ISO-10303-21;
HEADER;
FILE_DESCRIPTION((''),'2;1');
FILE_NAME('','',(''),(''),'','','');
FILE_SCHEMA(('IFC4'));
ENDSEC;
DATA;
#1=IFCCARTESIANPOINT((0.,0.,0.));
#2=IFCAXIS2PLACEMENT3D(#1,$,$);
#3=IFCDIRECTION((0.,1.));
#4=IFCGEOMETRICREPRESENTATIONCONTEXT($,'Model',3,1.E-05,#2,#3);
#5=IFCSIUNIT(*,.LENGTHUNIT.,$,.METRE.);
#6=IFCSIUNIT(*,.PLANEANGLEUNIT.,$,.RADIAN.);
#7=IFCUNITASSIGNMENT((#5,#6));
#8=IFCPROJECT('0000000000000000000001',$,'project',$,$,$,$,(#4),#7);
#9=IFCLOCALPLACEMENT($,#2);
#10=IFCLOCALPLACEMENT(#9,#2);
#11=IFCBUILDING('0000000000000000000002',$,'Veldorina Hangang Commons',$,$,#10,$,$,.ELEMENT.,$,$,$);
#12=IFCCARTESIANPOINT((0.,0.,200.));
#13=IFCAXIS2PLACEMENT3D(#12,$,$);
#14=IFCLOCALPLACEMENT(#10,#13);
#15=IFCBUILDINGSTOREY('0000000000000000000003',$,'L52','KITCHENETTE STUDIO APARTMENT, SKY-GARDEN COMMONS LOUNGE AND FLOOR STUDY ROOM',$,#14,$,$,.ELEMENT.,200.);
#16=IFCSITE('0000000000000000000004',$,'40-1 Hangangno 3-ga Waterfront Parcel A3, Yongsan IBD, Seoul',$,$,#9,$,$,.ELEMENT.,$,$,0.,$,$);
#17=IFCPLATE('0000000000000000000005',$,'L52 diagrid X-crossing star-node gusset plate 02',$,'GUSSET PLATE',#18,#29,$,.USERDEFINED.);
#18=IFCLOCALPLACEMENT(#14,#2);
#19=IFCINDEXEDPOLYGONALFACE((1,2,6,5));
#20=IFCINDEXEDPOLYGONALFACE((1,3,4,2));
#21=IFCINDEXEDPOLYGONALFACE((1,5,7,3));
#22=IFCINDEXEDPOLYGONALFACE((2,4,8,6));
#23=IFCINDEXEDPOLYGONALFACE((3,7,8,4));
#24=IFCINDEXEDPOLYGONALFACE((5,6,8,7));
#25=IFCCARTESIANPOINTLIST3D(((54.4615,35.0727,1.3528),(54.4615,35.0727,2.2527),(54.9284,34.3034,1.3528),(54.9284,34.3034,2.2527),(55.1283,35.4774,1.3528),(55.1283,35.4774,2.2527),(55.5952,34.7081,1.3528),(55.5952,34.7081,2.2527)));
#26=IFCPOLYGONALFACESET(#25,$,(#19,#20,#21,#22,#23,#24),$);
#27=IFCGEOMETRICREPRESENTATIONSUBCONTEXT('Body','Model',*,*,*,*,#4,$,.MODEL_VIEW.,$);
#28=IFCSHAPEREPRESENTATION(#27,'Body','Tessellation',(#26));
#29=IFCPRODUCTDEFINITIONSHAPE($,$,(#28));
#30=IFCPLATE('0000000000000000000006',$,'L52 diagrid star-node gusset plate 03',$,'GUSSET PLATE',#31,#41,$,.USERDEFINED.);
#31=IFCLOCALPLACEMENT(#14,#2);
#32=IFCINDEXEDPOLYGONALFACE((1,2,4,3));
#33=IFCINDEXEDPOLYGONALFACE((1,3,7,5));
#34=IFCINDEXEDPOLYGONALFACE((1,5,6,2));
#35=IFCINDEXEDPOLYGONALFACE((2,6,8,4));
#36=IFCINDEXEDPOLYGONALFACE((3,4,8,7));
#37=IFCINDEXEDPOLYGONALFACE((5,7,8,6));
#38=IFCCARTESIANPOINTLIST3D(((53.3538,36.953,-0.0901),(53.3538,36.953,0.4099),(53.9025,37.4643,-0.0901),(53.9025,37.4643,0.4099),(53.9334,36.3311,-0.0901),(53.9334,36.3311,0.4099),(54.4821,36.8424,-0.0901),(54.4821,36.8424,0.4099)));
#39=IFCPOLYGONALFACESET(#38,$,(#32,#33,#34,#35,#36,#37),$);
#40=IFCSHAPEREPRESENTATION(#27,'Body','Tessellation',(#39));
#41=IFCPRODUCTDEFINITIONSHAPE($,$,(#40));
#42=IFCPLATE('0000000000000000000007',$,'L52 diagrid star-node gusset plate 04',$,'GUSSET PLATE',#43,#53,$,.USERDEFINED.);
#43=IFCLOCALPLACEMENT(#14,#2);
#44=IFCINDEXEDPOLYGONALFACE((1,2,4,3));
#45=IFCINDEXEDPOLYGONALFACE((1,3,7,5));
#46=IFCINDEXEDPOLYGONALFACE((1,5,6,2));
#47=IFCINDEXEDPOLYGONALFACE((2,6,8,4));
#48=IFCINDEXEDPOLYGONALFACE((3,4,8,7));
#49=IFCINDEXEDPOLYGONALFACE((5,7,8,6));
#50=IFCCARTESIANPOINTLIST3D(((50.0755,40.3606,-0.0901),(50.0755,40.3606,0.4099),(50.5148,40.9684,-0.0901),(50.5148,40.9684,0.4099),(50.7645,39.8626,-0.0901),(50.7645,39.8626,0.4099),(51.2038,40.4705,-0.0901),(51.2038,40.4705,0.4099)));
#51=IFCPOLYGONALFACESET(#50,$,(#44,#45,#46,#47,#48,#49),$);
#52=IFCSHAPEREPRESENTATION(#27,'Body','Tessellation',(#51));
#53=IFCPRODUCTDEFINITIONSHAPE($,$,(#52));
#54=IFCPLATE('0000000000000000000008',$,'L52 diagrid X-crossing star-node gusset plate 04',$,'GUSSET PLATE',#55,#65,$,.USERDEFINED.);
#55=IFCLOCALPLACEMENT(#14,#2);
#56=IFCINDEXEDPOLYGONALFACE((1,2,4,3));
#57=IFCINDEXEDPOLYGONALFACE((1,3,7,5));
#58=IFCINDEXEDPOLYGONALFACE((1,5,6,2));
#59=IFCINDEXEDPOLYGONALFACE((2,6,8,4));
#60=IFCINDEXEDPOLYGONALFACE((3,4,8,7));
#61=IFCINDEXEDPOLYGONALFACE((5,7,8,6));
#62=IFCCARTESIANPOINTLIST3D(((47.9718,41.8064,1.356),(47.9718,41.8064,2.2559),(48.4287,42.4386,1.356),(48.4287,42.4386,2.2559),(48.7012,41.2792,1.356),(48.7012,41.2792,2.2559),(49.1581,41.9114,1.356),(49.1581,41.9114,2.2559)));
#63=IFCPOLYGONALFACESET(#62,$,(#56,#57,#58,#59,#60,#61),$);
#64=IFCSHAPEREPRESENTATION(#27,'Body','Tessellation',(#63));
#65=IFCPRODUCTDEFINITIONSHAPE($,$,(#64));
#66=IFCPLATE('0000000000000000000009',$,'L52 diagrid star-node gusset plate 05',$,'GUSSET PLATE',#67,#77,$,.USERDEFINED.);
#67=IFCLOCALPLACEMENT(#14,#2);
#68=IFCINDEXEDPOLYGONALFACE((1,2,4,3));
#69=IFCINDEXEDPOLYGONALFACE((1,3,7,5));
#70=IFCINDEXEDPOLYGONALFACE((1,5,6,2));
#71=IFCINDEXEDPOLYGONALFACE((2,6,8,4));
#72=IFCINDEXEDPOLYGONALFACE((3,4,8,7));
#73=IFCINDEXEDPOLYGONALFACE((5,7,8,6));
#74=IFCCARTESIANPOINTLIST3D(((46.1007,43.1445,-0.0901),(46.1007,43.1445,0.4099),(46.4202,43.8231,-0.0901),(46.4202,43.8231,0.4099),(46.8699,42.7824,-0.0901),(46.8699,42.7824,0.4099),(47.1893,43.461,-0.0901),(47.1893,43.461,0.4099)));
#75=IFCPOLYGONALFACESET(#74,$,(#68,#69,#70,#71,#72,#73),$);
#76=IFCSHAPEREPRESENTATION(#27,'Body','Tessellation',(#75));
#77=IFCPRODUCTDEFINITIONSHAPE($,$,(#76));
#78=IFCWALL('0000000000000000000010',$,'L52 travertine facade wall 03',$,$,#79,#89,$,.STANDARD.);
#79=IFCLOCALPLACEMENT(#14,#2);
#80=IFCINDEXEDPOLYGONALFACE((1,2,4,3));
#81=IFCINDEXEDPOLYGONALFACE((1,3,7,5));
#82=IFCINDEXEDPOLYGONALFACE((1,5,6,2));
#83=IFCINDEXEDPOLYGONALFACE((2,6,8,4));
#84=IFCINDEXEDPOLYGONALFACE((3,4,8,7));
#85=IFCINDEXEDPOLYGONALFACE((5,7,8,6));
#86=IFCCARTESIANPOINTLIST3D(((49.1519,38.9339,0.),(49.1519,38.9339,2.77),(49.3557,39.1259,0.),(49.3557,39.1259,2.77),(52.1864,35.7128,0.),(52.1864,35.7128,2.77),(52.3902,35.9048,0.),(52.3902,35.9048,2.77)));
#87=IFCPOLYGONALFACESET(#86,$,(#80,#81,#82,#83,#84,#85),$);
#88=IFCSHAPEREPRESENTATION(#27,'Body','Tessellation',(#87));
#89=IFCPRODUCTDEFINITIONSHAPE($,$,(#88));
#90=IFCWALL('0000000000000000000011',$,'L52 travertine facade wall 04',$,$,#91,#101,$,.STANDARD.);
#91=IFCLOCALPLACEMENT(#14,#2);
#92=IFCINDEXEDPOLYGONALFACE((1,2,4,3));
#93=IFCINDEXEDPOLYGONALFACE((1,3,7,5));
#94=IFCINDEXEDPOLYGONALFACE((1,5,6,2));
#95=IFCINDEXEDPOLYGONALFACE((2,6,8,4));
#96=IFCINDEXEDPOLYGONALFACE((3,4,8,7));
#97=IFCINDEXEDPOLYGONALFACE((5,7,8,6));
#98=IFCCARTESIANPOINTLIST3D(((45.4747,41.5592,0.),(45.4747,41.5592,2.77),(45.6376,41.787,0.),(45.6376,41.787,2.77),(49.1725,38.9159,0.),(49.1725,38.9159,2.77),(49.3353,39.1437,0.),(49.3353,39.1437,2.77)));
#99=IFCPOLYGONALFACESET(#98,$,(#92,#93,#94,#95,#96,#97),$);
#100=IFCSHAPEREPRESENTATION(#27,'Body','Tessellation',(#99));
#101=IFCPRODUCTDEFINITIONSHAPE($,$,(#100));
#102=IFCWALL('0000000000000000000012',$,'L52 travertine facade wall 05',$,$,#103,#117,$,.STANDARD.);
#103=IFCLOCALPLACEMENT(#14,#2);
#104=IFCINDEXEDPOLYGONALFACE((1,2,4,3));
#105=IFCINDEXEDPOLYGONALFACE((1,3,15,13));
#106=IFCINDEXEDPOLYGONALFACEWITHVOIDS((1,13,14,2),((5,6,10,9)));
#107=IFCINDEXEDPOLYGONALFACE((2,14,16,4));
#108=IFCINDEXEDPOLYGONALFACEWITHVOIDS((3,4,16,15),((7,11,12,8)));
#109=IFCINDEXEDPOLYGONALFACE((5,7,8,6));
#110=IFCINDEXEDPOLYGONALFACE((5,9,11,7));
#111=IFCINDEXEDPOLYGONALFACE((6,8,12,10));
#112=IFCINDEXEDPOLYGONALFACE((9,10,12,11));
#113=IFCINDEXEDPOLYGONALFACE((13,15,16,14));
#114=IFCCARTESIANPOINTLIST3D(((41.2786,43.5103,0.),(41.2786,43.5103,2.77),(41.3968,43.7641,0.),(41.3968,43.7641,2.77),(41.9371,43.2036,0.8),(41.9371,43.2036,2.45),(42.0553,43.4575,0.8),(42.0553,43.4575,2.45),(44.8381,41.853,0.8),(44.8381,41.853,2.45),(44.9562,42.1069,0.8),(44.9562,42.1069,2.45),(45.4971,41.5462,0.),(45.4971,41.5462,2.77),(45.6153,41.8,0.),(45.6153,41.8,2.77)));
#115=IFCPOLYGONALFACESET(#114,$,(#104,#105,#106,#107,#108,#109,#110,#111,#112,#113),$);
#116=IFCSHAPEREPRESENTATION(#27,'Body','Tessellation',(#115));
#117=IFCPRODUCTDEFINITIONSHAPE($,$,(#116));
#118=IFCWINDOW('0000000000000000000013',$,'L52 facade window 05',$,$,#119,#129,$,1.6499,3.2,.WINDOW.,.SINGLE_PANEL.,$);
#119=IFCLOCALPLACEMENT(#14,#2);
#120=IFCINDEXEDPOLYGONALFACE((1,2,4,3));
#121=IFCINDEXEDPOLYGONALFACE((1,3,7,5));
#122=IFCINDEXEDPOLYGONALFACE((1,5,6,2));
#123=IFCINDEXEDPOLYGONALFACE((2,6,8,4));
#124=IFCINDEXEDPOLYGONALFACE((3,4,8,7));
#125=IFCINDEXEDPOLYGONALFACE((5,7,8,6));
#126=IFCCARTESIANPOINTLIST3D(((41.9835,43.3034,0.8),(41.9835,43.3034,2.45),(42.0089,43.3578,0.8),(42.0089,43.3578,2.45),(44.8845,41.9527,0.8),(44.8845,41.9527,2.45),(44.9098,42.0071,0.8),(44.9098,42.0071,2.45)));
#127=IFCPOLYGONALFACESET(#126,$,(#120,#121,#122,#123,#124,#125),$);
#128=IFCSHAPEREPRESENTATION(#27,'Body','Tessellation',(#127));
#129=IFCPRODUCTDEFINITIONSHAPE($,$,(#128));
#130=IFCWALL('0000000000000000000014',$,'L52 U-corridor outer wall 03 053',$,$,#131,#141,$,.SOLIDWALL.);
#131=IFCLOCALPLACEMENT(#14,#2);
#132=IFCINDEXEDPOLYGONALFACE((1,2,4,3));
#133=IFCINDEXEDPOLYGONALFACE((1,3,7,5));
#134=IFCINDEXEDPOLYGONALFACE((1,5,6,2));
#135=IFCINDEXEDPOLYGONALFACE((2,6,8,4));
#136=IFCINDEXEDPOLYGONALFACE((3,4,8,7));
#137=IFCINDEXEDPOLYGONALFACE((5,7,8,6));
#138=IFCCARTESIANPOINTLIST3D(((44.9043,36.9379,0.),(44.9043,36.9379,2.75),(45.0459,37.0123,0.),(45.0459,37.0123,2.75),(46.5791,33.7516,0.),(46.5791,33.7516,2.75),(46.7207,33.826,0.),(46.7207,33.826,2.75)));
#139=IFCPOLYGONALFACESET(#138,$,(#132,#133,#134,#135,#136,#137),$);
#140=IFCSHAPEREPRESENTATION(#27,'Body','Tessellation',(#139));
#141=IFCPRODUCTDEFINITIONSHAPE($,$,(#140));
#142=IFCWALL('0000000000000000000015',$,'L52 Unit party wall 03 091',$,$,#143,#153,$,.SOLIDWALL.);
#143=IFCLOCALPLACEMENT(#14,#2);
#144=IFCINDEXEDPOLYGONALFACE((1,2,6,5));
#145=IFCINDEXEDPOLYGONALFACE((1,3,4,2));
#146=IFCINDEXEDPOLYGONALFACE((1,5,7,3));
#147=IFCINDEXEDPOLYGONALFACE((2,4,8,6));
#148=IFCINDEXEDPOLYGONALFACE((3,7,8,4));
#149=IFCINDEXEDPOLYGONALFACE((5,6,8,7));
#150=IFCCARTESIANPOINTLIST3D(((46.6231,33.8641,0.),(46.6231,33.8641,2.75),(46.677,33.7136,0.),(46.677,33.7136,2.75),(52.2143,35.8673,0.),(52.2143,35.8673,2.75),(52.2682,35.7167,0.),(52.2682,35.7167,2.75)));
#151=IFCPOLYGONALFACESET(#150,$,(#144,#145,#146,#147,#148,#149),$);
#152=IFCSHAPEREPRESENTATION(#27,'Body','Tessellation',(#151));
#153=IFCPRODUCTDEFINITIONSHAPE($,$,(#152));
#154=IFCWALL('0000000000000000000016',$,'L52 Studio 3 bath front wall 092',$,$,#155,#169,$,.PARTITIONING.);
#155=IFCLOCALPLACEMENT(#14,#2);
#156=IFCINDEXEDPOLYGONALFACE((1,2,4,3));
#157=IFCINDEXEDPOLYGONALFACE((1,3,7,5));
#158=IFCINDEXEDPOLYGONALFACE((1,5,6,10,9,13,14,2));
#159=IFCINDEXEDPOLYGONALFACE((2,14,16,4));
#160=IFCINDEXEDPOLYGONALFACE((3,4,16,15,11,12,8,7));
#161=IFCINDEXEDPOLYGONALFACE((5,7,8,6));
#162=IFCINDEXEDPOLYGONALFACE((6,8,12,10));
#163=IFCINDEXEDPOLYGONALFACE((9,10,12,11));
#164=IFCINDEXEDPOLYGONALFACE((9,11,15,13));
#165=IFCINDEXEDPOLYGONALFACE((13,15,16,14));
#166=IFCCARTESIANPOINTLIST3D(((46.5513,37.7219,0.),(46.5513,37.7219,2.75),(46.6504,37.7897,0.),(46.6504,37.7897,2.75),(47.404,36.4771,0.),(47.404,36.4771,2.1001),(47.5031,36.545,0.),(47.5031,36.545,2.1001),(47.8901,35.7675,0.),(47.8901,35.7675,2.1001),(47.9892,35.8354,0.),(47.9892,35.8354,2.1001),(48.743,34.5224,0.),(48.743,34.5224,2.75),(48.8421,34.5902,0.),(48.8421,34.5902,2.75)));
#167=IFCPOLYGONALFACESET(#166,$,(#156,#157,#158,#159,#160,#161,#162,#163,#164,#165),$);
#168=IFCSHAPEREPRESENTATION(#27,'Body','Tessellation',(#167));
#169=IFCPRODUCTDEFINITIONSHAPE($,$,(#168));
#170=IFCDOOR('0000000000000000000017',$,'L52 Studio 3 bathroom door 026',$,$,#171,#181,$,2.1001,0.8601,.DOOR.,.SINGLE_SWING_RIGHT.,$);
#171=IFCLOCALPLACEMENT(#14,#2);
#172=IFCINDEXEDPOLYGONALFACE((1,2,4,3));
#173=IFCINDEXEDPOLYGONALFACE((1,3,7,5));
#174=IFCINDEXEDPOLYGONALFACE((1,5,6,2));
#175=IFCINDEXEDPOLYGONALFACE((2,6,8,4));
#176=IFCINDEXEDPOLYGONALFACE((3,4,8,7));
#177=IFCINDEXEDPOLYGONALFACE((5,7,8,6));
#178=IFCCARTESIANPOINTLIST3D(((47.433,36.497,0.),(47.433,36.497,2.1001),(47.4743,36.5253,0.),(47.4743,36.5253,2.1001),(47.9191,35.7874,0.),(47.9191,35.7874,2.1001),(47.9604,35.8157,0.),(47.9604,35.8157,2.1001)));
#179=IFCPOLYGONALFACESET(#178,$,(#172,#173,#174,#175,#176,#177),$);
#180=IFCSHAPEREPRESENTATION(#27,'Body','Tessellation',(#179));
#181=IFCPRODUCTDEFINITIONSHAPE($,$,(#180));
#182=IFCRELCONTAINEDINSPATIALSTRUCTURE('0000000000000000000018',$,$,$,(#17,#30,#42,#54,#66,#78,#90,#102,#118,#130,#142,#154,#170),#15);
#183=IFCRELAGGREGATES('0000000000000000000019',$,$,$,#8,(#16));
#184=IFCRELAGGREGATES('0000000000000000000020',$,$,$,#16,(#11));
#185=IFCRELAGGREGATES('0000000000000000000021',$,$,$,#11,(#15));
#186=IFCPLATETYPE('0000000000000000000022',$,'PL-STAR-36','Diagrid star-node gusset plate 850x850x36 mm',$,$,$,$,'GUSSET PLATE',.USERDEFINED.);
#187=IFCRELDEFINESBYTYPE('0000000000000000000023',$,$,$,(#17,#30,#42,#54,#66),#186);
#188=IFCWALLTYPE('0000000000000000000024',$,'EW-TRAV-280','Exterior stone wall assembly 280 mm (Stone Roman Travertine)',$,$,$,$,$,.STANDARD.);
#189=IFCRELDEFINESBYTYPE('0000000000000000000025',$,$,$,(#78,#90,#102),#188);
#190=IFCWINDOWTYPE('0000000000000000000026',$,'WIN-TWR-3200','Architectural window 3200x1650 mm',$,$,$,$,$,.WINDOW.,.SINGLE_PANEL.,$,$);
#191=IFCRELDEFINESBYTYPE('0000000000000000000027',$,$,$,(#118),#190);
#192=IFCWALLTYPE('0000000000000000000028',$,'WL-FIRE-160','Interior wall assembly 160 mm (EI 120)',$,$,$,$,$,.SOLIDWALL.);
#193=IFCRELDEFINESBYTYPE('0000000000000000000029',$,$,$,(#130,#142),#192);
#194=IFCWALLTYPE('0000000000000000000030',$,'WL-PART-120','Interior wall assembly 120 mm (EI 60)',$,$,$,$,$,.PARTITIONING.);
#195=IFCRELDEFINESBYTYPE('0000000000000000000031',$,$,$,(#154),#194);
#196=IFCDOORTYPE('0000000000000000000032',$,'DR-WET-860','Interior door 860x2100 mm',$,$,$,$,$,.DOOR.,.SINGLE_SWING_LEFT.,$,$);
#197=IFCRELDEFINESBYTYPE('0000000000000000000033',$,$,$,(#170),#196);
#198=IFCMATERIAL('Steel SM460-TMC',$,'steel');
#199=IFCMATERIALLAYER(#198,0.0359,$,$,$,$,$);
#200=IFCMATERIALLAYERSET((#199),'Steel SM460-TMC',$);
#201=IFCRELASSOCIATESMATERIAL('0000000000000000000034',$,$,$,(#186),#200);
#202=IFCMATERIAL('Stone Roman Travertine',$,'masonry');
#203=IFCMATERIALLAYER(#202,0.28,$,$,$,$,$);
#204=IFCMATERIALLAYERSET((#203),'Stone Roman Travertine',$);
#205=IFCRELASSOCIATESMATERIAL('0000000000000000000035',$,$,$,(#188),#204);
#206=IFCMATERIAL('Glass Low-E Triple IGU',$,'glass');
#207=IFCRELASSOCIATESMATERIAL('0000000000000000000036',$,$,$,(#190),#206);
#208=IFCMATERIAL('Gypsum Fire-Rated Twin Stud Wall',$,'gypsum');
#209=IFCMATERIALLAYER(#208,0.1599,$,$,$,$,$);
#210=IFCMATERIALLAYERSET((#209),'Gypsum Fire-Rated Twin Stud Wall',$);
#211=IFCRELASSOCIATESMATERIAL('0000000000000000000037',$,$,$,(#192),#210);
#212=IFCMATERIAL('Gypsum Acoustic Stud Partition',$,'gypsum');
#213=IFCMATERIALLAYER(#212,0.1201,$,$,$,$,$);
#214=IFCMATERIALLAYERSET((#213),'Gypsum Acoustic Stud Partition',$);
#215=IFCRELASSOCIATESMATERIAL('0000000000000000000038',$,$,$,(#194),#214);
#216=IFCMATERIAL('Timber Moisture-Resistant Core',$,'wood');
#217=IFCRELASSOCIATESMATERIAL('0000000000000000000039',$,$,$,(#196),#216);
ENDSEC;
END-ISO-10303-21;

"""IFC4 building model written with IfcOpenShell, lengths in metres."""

from ifc_helpers import new_model, si_unit, direction, frame, frame_2d, origin, origin_2d, place, context, subcontext, project, spatial, rectangle, extrude, material, layer, layer_set, type_object, element, fill, save


model = new_model("IFC4")

# Units and contexts
model_context = context("Model", 3, precision=1e-05, world=origin(), true_north=direction((0.0, 1.0)))
body_context = subcontext(model_context, "Body", "Model", "MODEL_VIEW")
ifc_project = project(units=[si_unit("LENGTHUNIT", "METRE"), si_unit("PLANEANGLEUNIT", "RADIAN")], contexts=[model_context])

# Site, building, storey
site_placement = place(None, origin())
site = spatial("IfcSite", under=ifc_project, at=site_placement, Name="40-1 Hangangno 3-ga Waterfront Parcel A3, Yongsan IBD, Seoul", CompositionType="ELEMENT", RefElevation=0.0)
building_placement = place(site_placement, origin())
building = spatial("IfcBuilding", under=site, at=building_placement, Name="Veldorina Hangang Commons", CompositionType="ELEMENT")
storey_placement = place(building_placement, frame((0.0, 0.0, 200.0)))
storey = spatial("IfcBuildingStorey", under=building, at=storey_placement, Name="L52", Description="KITCHENETTE STUDIO APARTMENT, SKY-GARDEN COMMONS LOUNGE AND FLOOR STUDY ROOM", CompositionType="ELEMENT", Elevation=200.0)

# Plates
ifc_material_1 = material(Name="Steel SM460-TMC", Category="steel")
ifc_layer_1 = layer(ifc_material_1, 0.0359)
ifc_layer_set_1 = layer_set([ifc_layer_1], Name="Steel SM460-TMC")
plate_type = type_object("IfcPlateType", Name="PL-STAR-36", Description="Diagrid star-node gusset plate 850x850x36 mm", ElementType="GUSSET PLATE", PredefinedType="USERDEFINED", material=ifc_layer_set_1)
plate_1_placement = place(storey_placement, frame((55.0283, 34.8904, 1.3528), z_axis=(0.0, 0.0, 1.0), x_axis=(-0.518833, 0.854876, 0.0)))
element("IfcPlate", 1, at=plate_1_placement, inside=storey, type_object=plate_type, Name="L52 diagrid X-crossing star-node gusset plate 02", ObjectType="GUSSET PLATE", PredefinedType="USERDEFINED", context=body_context, shape_type="SweptSolid", body=[
    extrude(rectangle(XDim=0.8999, YDim=0.78, at=origin_2d()), origin(), (0.0, 0.0, 1.0), 0.8999),
])
for number, where, z_axis, x_axis, name in (
    (2, (53.918, 36.8977, -0.0901), (0.0, 0.0, 1.0), (-0.681756, 0.73158, 0.0), "L52 diagrid star-node gusset plate 03"),
    (3, (50.6396, 40.4155, -0.0901), (0.0, 0.0, 1.0), (-0.810471, 0.585778, 0.0), "L52 diagrid star-node gusset plate 04"),
):
    element("IfcPlate", number, at=place(storey_placement, frame(where, z_axis=z_axis, x_axis=x_axis)), inside=storey, type_object=plate_type, Name=name, ObjectType="GUSSET PLATE", PredefinedType="USERDEFINED", context=body_context, shape_type="SweptSolid", body=[
        extrude(rectangle(XDim=0.8501, YDim=0.75, at=origin_2d()), origin(), (0.0, 0.0, 1.0), 0.5),
    ])
plate_2_placement = place(storey_placement, frame((48.5649, 41.8589, 1.356), z_axis=(0.0, 0.0, 1.0), x_axis=(-0.810471, 0.585778, 0.0)))
element("IfcPlate", 4, at=plate_2_placement, inside=storey, type_object=plate_type, Name="L52 diagrid X-crossing star-node gusset plate 04", ObjectType="GUSSET PLATE", PredefinedType="USERDEFINED", context=body_context, shape_type="SweptSolid", body=[
    extrude(rectangle(XDim=0.8999, YDim=0.78, at=origin_2d()), origin(), (0.0, 0.0, 1.0), 0.8999),
])
plate_3_placement = place(storey_placement, frame((46.645, 43.3027, -0.0901), z_axis=(0.0, 0.0, 1.0), x_axis=(-0.904768, 0.425906, 0.0)))
element("IfcPlate", 5, at=plate_3_placement, inside=storey, type_object=plate_type, Name="L52 diagrid star-node gusset plate 05", ObjectType="GUSSET PLATE", PredefinedType="USERDEFINED", context=body_context, shape_type="SweptSolid", body=[
    extrude(rectangle(XDim=0.8501, YDim=0.75, at=origin_2d()), origin(), (0.0, 0.0, 1.0), 0.5),
])

# Walls
ifc_material_2 = material(Name="Stone Roman Travertine", Category="masonry")
ifc_layer_2 = layer(ifc_material_2, 0.28)
ifc_layer_set_2 = layer_set([ifc_layer_2], Name="Stone Roman Travertine")
wall_type_1 = type_object("IfcWallType", Name="EW-TRAV-280", Description="Exterior stone wall assembly 280 mm (Stone Roman Travertine)", PredefinedType="STANDARD", material=ifc_layer_set_2)
wall_1_placement = place(storey_placement, frame((52.2883, 35.8088, 0.0), z_axis=(0.0, 0.0, 1.0), x_axis=(-0.685717, 0.727868, 0.0)))
element("IfcWall", 6, at=wall_1_placement, inside=storey, type_object=wall_type_1, Name="L52 travertine facade wall 03", PredefinedType="STANDARD", context=body_context, shape_type="SweptSolid", body=[
    extrude(rectangle(XDim=4.4253, YDim=0.28, at=frame_2d((2.2126, 0.0))), origin(), (0.0, 0.0, 1.0), 2.77),
])
wall_2_placement = place(storey_placement, frame((49.2539, 39.0298, 0.0), z_axis=(0.0, 0.0, 1.0), x_axis=(-0.813519, 0.581538, 0.0)))
element("IfcWall", 7, at=wall_2_placement, inside=storey, type_object=wall_type_1, Name="L52 travertine facade wall 04", PredefinedType="STANDARD", context=body_context, shape_type="SweptSolid", body=[
    extrude(rectangle(XDim=4.5454, YDim=0.28, at=frame_2d((2.2727, 0.0))), origin(), (0.0, 0.0, 1.0), 2.77),
])

# Wall, opening, window
wall_3_placement = place(storey_placement, frame((45.5562, 41.6731, 0.0), z_axis=(0.0, 0.0, 1.0), x_axis=(-0.906555, 0.422087, 0.0)))
wall_3 = element("IfcWall", 8, at=wall_3_placement, inside=storey, type_object=wall_type_1, Name="L52 travertine facade wall 05", PredefinedType="STANDARD", context=body_context, shape_type="SweptSolid", body=[
    extrude(rectangle(XDim=4.6533, YDim=0.28, at=frame_2d((2.3267, 0.0))), origin(), (0.0, 0.0, 1.0), 2.77),
])
opening_1_placement = place(wall_3_placement, frame((0.7268, 0.0, 0.8)))
opening_1 = element("IfcOpeningElement", 9, at=opening_1_placement, cuts=wall_3, PredefinedType="OPENING", context=body_context, shape_type="SweptSolid", body=[
    extrude(rectangle(XDim=3.2, YDim=1.6499, at=frame_2d((1.6001, 0.825))), frame((0.0, 0.1499, 0.0), z_axis=(0.0, -1.0, 0.0), x_axis=(1.0, 0.0, 0.0)), (0.0, 0.0, 1.0), 0.3),
])
ifc_material_3 = material(Name="Glass Low-E Triple IGU", Category="glass")
window_type = type_object("IfcWindowType", Name="WIN-TWR-3200", Description="Architectural window 3200x1650 mm", PartitioningType="SINGLE_PANEL", PredefinedType="WINDOW", material=ifc_material_3)
window_placement = place(opening_1_placement, origin())
window = element("IfcWindow", 10, at=window_placement, inside=storey, type_object=window_type, Name="L52 facade window 05", OverallHeight=1.6499, OverallWidth=3.2, PartitioningType="SINGLE_PANEL", PredefinedType="WINDOW", context=body_context, shape_type="SweptSolid", body=[
    extrude(rectangle(XDim=3.2, YDim=1.6499, at=frame_2d((1.6001, 0.825))), frame((0.0, 0.03, 0.0), z_axis=(0.0, -1.0, 0.0), x_axis=(1.0, 0.0, 0.0)), (0.0, 0.0, 1.0), 0.0601),
])
fill(opening_1, window)

# Walls
ifc_material_4 = material(Name="Gypsum Fire-Rated Twin Stud Wall", Category="gypsum")
ifc_layer_3 = layer(ifc_material_4, 0.1599)
ifc_layer_set_3 = layer_set([ifc_layer_3], Name="Gypsum Fire-Rated Twin Stud Wall")
wall_type_2 = type_object("IfcWallType", Name="WL-FIRE-160", Description="Interior wall assembly 160 mm (EI 120)", PredefinedType="SOLIDWALL", material=ifc_layer_set_3)
wall_4_placement = place(storey_placement, frame((46.6499, 33.7888, 0.0), z_axis=(0.0, 0.0, 1.0), x_axis=(-0.465271, 0.885168, 0.0)))
element("IfcWall", 11, at=wall_4_placement, inside=storey, type_object=wall_type_2, Name="L52 U-corridor outer wall 03 053", PredefinedType="SOLIDWALL", context=body_context, shape_type="SweptSolid", body=[
    extrude(rectangle(XDim=3.5996, YDim=0.1599, at=frame_2d((1.7998, 0.0))), origin(), (0.0, 0.0, 1.0), 2.75),
])
wall_5_placement = place(storey_placement, frame((46.6499, 33.7888, 0.0), z_axis=(0.0, 0.0, 1.0), x_axis=(0.941407, 0.337274, 0.0)))
element("IfcWall", 12, at=wall_5_placement, inside=storey, type_object=wall_type_2, Name="L52 Unit party wall 03 091", PredefinedType="SOLIDWALL", context=body_context, shape_type="SweptSolid", body=[
    extrude(rectangle(XDim=5.9392, YDim=0.1599, at=frame_2d((2.9697, 0.0))), origin(), (0.0, 0.0, 1.0), 2.75),
])

# Wall, opening, door
ifc_material_5 = material(Name="Gypsum Acoustic Stud Partition", Category="gypsum")
ifc_layer_4 = layer(ifc_material_5, 0.1201)
ifc_layer_set_4 = layer_set([ifc_layer_4], Name="Gypsum Acoustic Stud Partition")
wall_type_3 = type_object("IfcWallType", Name="WL-PART-120", Description="Interior wall assembly 120 mm (EI 60)", PredefinedType="PARTITIONING", material=ifc_layer_set_4)
wall_6_placement = place(storey_placement, frame((48.7925, 34.5564, 0.0), z_axis=(0.0, 0.0, 1.0), x_axis=(-0.565131, 0.825001, 0.0)))
wall_6 = element("IfcWall", 13, at=wall_6_placement, inside=storey, type_object=wall_type_3, Name="L52 Studio 3 bath front wall 092", PredefinedType="PARTITIONING", context=body_context, shape_type="SweptSolid", body=[
    extrude(rectangle(XDim=3.8782, YDim=0.1201, at=frame_2d((1.939, 0.0))), origin(), (0.0, 0.0, 1.0), 2.75),
])
opening_2_placement = place(wall_6_placement, frame((1.509, 0.0, 0.0)))
opening_2 = element("IfcOpeningElement", 14, at=opening_2_placement, cuts=wall_6, PredefinedType="OPENING", context=body_context, shape_type="SweptSolid", body=[
    extrude(rectangle(XDim=0.8601, YDim=2.1001, at=frame_2d((0.4302, 1.05))), frame((0.0, 0.0701, 0.0), z_axis=(0.0, -1.0, 0.0), x_axis=(1.0, 0.0, 0.0)), (0.0, 0.0, 1.0), 0.1401),
])
ifc_material_6 = material(Name="Timber Moisture-Resistant Core", Category="wood")
door_type = type_object("IfcDoorType", Name="DR-WET-860", Description="Interior door 860x2100 mm", OperationType="SINGLE_SWING_LEFT", PredefinedType="DOOR", material=ifc_material_6)
door_placement = place(opening_2_placement, origin())
door = element("IfcDoor", 15, at=door_placement, inside=storey, type_object=door_type, Name="L52 Studio 3 bathroom door 026", OperationType="SINGLE_SWING_RIGHT", OverallHeight=2.1001, OverallWidth=0.8601, PredefinedType="DOOR", context=body_context, shape_type="SweptSolid", body=[
    extrude(rectangle(XDim=0.8601, YDim=2.1001, at=frame_2d((0.4302, 1.05))), frame((0.0, 0.0249, 0.0), z_axis=(0.0, -1.0, 0.0), x_axis=(1.0, 0.0, 0.0)), (0.0, 0.0, 1.0), 0.05),
])
fill(opening_2, door)

save(model, "model.ifc")
